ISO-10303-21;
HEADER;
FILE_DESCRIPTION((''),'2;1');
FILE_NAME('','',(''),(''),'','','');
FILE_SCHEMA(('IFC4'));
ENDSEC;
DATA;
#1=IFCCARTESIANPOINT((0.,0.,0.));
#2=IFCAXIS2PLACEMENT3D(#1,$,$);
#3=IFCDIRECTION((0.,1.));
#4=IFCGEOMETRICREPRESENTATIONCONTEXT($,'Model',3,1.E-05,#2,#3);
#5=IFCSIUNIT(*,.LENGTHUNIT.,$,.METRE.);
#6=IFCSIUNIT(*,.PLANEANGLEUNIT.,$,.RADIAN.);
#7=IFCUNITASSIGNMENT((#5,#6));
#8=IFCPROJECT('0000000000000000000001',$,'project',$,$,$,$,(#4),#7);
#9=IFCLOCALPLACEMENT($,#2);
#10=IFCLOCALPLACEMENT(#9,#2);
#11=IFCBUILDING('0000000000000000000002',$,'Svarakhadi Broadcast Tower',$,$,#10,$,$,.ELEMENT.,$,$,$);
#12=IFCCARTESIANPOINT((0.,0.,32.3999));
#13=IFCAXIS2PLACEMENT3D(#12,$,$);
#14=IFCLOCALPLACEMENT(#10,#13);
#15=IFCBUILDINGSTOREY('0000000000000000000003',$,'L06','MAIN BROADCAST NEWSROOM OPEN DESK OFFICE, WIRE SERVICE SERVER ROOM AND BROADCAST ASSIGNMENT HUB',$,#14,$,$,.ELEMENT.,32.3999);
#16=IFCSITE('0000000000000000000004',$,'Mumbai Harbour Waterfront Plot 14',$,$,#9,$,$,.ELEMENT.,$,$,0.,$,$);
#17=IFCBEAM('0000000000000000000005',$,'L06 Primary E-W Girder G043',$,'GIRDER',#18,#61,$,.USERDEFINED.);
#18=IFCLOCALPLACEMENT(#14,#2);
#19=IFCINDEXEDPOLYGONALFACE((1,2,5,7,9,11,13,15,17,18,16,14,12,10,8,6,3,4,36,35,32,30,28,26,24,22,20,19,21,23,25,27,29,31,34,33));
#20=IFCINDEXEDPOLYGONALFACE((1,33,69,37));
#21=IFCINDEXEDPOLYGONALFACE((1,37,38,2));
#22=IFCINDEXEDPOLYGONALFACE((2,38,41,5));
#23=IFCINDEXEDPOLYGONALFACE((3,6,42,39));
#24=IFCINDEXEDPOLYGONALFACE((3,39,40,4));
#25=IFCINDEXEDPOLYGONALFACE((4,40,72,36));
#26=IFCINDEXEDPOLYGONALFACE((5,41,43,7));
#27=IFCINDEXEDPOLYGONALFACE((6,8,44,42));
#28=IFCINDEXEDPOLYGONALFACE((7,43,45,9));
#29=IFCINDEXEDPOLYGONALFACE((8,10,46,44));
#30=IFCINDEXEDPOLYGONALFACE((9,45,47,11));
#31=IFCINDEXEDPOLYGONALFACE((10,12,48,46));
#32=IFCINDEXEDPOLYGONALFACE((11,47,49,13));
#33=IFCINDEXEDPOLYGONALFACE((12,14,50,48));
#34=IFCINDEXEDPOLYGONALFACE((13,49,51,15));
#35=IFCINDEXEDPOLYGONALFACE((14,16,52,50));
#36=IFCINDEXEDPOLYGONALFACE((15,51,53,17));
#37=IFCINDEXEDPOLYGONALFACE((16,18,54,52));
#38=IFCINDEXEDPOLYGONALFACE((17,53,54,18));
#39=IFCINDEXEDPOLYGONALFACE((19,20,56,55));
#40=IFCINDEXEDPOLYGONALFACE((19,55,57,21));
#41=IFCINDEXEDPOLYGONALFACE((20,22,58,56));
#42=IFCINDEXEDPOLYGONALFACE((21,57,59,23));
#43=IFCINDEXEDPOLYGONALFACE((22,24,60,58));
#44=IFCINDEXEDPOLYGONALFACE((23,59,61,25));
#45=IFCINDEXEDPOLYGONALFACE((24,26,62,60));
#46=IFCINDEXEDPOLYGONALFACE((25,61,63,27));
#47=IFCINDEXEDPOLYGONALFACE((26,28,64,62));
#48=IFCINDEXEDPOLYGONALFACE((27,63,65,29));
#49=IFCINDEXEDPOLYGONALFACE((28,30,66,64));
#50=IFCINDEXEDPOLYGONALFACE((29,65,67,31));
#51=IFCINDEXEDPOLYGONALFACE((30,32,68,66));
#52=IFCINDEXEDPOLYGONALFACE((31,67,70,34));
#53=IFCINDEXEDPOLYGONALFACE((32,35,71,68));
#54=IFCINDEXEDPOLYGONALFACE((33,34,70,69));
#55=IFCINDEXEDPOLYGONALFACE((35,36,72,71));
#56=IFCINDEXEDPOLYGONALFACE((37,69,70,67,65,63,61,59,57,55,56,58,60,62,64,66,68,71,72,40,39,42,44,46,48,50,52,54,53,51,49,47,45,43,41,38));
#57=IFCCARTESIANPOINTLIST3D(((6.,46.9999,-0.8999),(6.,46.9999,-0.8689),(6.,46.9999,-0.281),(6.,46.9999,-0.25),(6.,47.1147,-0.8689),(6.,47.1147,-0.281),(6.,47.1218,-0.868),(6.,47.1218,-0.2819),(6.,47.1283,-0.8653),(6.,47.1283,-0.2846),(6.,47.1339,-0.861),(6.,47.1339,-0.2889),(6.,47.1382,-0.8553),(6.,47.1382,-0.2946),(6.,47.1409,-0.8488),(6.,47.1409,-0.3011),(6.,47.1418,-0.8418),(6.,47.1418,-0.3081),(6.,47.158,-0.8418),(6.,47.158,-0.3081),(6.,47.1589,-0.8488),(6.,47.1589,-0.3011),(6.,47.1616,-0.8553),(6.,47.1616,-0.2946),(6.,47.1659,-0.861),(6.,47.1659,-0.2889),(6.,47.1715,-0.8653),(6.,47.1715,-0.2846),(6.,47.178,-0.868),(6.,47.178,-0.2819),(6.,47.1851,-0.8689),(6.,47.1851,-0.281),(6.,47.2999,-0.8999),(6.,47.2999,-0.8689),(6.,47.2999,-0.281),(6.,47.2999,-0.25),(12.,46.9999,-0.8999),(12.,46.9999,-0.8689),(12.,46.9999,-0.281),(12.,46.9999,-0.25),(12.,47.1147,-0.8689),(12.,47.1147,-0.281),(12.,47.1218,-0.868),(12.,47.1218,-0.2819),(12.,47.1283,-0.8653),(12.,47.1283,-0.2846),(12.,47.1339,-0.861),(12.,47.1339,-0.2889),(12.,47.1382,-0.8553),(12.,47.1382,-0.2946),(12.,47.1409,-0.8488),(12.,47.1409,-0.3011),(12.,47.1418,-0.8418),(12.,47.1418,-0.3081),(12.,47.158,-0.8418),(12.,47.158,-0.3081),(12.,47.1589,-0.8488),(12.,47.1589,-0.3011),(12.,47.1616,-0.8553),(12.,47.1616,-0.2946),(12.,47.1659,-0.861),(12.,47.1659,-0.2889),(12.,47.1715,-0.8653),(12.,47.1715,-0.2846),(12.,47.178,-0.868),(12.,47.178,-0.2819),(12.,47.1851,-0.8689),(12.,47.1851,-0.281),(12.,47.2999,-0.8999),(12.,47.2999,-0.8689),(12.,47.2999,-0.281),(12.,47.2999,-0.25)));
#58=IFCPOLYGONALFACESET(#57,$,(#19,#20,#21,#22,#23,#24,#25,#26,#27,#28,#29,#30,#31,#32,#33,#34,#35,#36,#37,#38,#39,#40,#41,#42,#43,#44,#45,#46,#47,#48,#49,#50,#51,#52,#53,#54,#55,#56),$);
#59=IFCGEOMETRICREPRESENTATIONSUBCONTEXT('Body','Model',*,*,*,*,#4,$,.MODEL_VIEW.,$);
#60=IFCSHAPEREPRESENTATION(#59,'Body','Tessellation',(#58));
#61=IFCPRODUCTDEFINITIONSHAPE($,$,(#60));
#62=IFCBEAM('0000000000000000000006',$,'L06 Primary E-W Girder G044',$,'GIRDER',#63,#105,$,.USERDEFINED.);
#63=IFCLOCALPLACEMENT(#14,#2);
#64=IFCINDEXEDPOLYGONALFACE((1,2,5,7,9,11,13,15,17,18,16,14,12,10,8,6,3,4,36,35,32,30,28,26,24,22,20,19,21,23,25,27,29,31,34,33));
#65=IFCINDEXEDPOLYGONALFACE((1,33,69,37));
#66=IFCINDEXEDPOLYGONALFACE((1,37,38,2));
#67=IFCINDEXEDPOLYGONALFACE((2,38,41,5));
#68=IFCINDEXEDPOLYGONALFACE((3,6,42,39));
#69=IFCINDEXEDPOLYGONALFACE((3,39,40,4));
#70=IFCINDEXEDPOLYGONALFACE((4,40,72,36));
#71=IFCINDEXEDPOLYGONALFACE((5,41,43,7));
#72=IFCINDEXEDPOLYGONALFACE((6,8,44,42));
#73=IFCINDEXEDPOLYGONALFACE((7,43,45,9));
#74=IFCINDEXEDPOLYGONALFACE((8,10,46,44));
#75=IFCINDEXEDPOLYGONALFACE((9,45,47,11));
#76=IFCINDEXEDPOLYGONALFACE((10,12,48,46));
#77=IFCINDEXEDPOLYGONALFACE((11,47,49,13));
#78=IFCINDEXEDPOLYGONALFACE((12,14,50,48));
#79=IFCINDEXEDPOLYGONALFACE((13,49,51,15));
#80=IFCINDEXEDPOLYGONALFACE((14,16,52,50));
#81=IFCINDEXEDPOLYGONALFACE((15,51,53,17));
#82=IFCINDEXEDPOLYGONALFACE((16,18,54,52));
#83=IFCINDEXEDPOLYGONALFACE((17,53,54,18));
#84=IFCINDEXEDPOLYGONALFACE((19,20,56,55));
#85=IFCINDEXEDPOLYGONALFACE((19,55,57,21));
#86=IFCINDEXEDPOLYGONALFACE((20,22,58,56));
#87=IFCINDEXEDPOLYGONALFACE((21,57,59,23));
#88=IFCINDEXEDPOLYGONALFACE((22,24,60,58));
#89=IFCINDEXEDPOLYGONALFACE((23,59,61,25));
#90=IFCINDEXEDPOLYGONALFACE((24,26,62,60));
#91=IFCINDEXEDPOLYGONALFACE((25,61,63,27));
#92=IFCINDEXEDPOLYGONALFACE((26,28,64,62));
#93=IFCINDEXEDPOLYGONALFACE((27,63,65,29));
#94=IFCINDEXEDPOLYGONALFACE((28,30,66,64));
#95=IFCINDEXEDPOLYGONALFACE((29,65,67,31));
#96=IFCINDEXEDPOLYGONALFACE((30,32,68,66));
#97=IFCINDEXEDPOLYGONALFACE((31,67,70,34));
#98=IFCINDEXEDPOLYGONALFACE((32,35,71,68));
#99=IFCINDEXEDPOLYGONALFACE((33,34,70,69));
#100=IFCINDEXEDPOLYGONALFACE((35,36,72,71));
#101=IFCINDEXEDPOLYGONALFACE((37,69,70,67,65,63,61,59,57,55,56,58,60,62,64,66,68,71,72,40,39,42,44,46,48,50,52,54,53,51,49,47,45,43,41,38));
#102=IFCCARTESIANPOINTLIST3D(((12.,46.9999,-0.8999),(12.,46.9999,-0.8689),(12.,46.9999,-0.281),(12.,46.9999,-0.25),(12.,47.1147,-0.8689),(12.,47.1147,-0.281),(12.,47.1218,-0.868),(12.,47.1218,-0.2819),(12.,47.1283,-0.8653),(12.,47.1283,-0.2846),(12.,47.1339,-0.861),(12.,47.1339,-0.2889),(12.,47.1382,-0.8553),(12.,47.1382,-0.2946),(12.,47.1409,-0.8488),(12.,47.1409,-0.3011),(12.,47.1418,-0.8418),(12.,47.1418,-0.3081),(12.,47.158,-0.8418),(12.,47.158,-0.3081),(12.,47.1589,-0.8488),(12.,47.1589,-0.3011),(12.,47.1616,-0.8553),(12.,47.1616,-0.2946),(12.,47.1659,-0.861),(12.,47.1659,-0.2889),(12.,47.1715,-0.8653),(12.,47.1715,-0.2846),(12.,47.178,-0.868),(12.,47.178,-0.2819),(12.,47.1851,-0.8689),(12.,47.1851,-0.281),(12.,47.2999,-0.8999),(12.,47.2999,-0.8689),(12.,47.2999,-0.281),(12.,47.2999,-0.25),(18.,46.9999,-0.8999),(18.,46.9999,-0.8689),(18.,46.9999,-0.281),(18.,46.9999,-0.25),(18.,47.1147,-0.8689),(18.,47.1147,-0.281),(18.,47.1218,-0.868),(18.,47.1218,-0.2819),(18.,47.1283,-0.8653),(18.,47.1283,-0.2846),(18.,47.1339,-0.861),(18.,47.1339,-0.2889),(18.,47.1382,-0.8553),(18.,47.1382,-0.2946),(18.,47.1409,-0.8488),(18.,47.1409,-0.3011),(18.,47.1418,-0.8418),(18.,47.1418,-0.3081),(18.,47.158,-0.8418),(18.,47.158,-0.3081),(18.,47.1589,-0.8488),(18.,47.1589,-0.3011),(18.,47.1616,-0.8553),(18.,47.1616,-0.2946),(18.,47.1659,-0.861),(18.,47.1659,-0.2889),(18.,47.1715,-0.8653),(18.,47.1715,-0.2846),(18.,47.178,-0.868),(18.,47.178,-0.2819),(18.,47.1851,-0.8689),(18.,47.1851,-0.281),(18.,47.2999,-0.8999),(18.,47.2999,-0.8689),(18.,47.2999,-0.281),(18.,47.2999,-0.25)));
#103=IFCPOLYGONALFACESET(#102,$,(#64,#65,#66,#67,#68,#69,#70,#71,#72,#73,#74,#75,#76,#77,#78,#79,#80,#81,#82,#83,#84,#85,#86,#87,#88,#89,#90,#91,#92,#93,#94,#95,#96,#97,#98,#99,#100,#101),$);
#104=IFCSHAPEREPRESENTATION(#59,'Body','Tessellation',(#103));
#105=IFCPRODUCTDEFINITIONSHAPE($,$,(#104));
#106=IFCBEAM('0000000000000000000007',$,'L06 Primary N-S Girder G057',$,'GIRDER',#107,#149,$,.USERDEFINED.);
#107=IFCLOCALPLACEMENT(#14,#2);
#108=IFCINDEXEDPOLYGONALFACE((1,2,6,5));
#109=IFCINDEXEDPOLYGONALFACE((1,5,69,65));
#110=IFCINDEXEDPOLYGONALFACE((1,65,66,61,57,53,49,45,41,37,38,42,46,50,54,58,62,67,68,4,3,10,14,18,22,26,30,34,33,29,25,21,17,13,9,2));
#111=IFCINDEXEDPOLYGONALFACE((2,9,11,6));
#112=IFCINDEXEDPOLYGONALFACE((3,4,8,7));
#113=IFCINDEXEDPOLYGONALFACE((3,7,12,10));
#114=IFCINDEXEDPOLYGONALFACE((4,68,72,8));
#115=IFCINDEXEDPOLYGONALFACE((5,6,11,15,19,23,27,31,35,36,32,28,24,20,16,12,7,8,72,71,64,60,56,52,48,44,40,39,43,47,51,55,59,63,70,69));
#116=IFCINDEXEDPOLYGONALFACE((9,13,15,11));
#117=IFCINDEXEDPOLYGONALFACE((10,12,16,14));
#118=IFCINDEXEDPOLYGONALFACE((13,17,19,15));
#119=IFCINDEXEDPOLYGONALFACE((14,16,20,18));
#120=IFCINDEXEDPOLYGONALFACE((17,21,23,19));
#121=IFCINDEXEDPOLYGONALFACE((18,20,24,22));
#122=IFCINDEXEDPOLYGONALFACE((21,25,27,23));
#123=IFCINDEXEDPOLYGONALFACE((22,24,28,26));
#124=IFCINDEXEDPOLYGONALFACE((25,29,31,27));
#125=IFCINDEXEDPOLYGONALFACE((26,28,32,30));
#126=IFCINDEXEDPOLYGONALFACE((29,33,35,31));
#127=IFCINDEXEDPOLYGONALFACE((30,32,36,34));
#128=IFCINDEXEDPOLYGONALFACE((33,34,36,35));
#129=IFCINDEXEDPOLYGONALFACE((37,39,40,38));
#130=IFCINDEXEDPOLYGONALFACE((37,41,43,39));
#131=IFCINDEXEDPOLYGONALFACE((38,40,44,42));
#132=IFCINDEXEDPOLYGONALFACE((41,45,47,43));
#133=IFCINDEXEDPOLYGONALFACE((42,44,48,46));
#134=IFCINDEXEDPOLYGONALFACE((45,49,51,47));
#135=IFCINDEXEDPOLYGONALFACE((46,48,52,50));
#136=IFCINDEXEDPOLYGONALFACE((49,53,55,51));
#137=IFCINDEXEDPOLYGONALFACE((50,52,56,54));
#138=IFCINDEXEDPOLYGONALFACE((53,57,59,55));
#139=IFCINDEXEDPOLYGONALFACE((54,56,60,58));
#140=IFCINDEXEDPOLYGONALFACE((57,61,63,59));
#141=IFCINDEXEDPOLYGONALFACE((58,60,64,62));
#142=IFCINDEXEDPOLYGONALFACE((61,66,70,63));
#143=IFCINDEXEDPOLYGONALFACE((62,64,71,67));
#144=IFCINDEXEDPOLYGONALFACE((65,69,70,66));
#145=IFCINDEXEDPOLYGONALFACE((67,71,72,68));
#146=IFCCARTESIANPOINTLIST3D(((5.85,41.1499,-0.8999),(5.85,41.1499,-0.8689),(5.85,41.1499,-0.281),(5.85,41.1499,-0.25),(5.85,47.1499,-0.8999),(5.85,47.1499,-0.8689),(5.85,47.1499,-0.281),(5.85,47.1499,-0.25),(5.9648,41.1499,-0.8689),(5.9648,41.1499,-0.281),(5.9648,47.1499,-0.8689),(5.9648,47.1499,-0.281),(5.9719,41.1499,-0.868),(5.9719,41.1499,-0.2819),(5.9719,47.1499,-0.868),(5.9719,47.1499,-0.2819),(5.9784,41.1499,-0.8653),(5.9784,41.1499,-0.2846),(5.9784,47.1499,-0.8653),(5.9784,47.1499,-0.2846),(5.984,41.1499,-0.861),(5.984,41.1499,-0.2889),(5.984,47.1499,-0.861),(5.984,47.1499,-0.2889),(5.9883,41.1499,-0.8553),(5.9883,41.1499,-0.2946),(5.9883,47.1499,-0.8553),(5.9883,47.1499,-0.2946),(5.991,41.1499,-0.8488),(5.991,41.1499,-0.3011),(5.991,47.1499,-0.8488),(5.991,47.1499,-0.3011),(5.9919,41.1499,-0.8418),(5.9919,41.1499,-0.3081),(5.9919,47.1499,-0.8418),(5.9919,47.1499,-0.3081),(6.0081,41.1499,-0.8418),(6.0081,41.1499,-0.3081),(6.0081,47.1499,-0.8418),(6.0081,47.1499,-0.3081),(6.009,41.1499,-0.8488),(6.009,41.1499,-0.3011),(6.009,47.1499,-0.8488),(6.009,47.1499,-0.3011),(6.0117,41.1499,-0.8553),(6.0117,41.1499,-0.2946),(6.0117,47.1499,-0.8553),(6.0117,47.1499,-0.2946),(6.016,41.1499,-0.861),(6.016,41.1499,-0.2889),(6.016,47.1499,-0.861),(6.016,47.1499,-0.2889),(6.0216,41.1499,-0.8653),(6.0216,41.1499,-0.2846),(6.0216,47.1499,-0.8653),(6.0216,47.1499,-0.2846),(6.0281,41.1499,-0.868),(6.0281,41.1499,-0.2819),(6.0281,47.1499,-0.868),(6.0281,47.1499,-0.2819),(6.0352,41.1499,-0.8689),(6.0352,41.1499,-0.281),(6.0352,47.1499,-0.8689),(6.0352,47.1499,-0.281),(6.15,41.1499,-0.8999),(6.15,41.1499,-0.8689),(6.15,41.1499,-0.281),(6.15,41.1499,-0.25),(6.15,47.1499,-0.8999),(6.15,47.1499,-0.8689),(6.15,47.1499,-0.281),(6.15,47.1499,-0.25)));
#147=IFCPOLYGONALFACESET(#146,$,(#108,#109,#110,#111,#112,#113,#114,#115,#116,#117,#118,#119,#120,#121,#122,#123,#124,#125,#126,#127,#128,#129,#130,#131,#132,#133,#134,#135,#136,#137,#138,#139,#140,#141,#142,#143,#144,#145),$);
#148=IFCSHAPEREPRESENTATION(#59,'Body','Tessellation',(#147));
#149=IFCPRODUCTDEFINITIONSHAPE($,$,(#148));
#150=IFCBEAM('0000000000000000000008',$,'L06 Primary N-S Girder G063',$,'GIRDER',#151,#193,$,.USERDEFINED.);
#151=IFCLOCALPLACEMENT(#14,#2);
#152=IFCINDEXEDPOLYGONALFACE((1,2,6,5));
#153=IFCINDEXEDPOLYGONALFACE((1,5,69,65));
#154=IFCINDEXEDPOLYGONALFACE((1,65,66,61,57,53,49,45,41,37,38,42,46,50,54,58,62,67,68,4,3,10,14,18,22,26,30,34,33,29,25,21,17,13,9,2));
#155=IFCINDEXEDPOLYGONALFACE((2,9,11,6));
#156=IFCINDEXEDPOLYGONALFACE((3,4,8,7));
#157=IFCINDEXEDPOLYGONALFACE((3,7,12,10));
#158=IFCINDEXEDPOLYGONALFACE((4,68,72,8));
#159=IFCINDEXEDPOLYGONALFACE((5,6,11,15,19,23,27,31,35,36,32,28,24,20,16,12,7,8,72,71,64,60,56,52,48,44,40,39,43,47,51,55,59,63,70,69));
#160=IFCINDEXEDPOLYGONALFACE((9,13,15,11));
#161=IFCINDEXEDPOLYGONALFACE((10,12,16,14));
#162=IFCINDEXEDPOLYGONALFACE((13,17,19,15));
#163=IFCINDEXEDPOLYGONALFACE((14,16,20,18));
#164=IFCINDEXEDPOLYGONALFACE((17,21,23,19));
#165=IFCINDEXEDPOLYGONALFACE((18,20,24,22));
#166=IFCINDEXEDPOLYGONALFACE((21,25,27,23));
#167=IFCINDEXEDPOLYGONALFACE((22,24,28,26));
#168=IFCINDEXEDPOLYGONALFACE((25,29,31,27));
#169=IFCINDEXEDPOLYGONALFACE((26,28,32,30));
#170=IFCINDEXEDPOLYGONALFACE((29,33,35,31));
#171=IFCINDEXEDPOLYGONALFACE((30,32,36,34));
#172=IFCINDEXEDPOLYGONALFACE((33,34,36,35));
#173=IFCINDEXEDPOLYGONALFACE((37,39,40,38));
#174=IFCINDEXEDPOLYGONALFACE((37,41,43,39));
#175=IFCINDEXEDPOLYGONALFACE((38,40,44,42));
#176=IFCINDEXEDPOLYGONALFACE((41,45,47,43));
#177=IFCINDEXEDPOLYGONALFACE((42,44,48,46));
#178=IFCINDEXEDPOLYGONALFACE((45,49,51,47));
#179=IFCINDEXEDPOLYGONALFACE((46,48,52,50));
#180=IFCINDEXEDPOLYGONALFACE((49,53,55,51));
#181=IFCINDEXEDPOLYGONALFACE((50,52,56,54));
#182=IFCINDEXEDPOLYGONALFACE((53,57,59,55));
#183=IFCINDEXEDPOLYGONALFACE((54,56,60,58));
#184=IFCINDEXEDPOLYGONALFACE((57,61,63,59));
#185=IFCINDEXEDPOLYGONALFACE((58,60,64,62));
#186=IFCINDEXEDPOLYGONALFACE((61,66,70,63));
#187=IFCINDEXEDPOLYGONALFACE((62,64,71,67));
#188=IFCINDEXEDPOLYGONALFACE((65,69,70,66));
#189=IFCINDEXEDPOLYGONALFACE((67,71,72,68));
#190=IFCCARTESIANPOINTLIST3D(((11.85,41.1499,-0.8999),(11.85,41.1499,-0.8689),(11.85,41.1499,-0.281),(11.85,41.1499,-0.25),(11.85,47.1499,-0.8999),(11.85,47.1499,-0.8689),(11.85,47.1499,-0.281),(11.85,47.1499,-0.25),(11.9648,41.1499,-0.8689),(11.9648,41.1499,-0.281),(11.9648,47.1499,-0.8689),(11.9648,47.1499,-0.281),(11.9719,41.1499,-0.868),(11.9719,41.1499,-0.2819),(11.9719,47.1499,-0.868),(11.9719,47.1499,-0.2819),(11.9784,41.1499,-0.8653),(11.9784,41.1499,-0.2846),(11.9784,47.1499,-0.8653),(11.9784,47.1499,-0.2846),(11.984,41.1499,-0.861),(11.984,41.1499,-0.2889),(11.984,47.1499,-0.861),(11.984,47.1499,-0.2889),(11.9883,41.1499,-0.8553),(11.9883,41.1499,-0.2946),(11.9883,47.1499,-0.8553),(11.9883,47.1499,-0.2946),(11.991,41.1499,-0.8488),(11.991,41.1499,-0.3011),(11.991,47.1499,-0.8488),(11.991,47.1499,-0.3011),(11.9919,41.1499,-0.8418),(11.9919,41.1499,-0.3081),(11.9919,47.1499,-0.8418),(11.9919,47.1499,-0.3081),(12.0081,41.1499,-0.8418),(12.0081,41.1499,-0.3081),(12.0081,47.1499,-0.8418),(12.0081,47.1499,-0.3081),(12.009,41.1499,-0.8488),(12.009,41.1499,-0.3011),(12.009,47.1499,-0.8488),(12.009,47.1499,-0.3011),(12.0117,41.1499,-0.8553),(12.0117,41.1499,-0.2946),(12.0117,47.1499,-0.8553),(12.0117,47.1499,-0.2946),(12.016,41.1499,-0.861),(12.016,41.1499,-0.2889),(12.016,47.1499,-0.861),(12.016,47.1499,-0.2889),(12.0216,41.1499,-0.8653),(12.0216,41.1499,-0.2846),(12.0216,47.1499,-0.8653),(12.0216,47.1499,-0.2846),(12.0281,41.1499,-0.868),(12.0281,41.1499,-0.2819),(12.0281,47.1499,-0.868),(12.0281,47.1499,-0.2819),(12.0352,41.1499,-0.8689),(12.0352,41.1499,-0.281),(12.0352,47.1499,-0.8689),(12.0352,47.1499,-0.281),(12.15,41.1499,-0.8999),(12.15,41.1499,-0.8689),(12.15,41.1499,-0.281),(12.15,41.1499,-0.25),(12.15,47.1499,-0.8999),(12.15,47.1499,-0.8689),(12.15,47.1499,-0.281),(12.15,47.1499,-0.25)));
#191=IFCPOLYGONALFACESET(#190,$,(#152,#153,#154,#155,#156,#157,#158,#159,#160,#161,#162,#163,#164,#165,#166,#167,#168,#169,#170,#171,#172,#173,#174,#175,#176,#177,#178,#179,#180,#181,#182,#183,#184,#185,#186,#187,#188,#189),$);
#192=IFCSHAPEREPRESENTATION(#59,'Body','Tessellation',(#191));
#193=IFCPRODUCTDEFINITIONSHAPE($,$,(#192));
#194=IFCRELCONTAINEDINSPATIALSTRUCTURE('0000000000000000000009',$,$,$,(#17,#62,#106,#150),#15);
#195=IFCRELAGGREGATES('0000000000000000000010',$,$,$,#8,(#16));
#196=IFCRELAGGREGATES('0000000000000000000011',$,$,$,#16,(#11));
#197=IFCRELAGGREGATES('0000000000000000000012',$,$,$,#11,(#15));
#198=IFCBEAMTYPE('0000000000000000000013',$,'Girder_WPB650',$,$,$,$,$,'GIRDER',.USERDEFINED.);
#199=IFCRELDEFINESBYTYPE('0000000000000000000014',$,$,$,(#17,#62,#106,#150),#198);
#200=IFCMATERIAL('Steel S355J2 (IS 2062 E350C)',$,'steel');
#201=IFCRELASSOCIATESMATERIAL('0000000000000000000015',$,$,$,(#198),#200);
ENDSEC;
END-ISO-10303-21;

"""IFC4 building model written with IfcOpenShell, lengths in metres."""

from ifc_helpers import new_model, si_unit, direction, frame, origin, origin_2d, place, context, subcontext, project, spatial, i_section, extrude, material, material_profile, profile_set, type_object, element, save


model = new_model("IFC4")

# Units and contexts
model_context = context("Model", 3, precision=1e-05, world=origin(), true_north=direction((0.0, 1.0)))
body_context = subcontext(model_context, "Body", "Model", "MODEL_VIEW")
ifc_project = project(units=[si_unit("LENGTHUNIT", "METRE"), si_unit("PLANEANGLEUNIT", "RADIAN")], contexts=[model_context])

# Site, building, storey
site_placement = place(None, origin())
site = spatial("IfcSite", under=ifc_project, at=site_placement, Name="Mumbai Harbour Waterfront Plot 14", CompositionType="ELEMENT", RefElevation=0.0)
building_placement = place(site_placement, origin())
building = spatial("IfcBuilding", under=site, at=building_placement, Name="Svarakhadi Broadcast Tower", CompositionType="ELEMENT")
storey_placement = place(building_placement, frame((0.0, 0.0, 32.3999)))
storey = spatial("IfcBuildingStorey", under=building, at=storey_placement, Name="L06", Description="MAIN BROADCAST NEWSROOM OPEN DESK OFFICE, WIRE SERVICE SERVER ROOM AND BROADCAST ASSIGNMENT HUB", CompositionType="ELEMENT", Elevation=32.3999)

# Shared definitions
ifc_material_1 = material(Name="Steel S355J2 (IS 2062 E350C)", Category="steel")

# Beams
ifc_material_profile_1 = material_profile(ifc_material_1, i_section(OverallWidth=0.3, OverallDepth=0.6499, WebThickness=0.0161, FlangeThickness=0.031, FilletRadius=0.0271, at=origin_2d()), Name="WPB 650x300x225")
ifc_profile_set_1 = profile_set([ifc_material_profile_1], Name="Steel S355J2 (IS 2062 E350C)")
beam_type_1 = type_object("IfcBeamType", Name="Girder_WPB650", ElementType="GIRDER", PredefinedType="USERDEFINED", material=ifc_profile_set_1)
for number, where, z_axis, x_axis, name in (
    (1, (6.0, 47.1499, -0.575), (1.0, 0.0, 0.0), (0.0, 1.0, 0.0), "L06 Primary E-W Girder G043"),
    (2, (12.0, 47.1499, -0.575), (1.0, 0.0, 0.0), (0.0, 1.0, 0.0), "L06 Primary E-W Girder G044"),
    (3, (6.0, 41.1499, -0.575), (0.0, 1.0, 0.0), (-1.0, 0.0, 0.0), "L06 Primary N-S Girder G057"),
    (4, (12.0, 41.1499, -0.575), (0.0, 1.0, 0.0), (-1.0, 0.0, 0.0), "L06 Primary N-S Girder G063"),
):
    element("IfcBeam", number, at=place(storey_placement, frame(where, z_axis=z_axis, x_axis=x_axis)), inside=storey, type_object=beam_type_1, Name=name, ObjectType="GIRDER", PredefinedType="USERDEFINED", context=body_context, shape_type="SweptSolid", body=[
        extrude(i_section(OverallWidth=0.3, OverallDepth=0.6499, WebThickness=0.0161, FlangeThickness=0.031, FilletRadius=0.0271, at=origin_2d()), origin(), (0.0, 0.0, 1.0), 6.0),
    ])

save(model, "model.ifc")
